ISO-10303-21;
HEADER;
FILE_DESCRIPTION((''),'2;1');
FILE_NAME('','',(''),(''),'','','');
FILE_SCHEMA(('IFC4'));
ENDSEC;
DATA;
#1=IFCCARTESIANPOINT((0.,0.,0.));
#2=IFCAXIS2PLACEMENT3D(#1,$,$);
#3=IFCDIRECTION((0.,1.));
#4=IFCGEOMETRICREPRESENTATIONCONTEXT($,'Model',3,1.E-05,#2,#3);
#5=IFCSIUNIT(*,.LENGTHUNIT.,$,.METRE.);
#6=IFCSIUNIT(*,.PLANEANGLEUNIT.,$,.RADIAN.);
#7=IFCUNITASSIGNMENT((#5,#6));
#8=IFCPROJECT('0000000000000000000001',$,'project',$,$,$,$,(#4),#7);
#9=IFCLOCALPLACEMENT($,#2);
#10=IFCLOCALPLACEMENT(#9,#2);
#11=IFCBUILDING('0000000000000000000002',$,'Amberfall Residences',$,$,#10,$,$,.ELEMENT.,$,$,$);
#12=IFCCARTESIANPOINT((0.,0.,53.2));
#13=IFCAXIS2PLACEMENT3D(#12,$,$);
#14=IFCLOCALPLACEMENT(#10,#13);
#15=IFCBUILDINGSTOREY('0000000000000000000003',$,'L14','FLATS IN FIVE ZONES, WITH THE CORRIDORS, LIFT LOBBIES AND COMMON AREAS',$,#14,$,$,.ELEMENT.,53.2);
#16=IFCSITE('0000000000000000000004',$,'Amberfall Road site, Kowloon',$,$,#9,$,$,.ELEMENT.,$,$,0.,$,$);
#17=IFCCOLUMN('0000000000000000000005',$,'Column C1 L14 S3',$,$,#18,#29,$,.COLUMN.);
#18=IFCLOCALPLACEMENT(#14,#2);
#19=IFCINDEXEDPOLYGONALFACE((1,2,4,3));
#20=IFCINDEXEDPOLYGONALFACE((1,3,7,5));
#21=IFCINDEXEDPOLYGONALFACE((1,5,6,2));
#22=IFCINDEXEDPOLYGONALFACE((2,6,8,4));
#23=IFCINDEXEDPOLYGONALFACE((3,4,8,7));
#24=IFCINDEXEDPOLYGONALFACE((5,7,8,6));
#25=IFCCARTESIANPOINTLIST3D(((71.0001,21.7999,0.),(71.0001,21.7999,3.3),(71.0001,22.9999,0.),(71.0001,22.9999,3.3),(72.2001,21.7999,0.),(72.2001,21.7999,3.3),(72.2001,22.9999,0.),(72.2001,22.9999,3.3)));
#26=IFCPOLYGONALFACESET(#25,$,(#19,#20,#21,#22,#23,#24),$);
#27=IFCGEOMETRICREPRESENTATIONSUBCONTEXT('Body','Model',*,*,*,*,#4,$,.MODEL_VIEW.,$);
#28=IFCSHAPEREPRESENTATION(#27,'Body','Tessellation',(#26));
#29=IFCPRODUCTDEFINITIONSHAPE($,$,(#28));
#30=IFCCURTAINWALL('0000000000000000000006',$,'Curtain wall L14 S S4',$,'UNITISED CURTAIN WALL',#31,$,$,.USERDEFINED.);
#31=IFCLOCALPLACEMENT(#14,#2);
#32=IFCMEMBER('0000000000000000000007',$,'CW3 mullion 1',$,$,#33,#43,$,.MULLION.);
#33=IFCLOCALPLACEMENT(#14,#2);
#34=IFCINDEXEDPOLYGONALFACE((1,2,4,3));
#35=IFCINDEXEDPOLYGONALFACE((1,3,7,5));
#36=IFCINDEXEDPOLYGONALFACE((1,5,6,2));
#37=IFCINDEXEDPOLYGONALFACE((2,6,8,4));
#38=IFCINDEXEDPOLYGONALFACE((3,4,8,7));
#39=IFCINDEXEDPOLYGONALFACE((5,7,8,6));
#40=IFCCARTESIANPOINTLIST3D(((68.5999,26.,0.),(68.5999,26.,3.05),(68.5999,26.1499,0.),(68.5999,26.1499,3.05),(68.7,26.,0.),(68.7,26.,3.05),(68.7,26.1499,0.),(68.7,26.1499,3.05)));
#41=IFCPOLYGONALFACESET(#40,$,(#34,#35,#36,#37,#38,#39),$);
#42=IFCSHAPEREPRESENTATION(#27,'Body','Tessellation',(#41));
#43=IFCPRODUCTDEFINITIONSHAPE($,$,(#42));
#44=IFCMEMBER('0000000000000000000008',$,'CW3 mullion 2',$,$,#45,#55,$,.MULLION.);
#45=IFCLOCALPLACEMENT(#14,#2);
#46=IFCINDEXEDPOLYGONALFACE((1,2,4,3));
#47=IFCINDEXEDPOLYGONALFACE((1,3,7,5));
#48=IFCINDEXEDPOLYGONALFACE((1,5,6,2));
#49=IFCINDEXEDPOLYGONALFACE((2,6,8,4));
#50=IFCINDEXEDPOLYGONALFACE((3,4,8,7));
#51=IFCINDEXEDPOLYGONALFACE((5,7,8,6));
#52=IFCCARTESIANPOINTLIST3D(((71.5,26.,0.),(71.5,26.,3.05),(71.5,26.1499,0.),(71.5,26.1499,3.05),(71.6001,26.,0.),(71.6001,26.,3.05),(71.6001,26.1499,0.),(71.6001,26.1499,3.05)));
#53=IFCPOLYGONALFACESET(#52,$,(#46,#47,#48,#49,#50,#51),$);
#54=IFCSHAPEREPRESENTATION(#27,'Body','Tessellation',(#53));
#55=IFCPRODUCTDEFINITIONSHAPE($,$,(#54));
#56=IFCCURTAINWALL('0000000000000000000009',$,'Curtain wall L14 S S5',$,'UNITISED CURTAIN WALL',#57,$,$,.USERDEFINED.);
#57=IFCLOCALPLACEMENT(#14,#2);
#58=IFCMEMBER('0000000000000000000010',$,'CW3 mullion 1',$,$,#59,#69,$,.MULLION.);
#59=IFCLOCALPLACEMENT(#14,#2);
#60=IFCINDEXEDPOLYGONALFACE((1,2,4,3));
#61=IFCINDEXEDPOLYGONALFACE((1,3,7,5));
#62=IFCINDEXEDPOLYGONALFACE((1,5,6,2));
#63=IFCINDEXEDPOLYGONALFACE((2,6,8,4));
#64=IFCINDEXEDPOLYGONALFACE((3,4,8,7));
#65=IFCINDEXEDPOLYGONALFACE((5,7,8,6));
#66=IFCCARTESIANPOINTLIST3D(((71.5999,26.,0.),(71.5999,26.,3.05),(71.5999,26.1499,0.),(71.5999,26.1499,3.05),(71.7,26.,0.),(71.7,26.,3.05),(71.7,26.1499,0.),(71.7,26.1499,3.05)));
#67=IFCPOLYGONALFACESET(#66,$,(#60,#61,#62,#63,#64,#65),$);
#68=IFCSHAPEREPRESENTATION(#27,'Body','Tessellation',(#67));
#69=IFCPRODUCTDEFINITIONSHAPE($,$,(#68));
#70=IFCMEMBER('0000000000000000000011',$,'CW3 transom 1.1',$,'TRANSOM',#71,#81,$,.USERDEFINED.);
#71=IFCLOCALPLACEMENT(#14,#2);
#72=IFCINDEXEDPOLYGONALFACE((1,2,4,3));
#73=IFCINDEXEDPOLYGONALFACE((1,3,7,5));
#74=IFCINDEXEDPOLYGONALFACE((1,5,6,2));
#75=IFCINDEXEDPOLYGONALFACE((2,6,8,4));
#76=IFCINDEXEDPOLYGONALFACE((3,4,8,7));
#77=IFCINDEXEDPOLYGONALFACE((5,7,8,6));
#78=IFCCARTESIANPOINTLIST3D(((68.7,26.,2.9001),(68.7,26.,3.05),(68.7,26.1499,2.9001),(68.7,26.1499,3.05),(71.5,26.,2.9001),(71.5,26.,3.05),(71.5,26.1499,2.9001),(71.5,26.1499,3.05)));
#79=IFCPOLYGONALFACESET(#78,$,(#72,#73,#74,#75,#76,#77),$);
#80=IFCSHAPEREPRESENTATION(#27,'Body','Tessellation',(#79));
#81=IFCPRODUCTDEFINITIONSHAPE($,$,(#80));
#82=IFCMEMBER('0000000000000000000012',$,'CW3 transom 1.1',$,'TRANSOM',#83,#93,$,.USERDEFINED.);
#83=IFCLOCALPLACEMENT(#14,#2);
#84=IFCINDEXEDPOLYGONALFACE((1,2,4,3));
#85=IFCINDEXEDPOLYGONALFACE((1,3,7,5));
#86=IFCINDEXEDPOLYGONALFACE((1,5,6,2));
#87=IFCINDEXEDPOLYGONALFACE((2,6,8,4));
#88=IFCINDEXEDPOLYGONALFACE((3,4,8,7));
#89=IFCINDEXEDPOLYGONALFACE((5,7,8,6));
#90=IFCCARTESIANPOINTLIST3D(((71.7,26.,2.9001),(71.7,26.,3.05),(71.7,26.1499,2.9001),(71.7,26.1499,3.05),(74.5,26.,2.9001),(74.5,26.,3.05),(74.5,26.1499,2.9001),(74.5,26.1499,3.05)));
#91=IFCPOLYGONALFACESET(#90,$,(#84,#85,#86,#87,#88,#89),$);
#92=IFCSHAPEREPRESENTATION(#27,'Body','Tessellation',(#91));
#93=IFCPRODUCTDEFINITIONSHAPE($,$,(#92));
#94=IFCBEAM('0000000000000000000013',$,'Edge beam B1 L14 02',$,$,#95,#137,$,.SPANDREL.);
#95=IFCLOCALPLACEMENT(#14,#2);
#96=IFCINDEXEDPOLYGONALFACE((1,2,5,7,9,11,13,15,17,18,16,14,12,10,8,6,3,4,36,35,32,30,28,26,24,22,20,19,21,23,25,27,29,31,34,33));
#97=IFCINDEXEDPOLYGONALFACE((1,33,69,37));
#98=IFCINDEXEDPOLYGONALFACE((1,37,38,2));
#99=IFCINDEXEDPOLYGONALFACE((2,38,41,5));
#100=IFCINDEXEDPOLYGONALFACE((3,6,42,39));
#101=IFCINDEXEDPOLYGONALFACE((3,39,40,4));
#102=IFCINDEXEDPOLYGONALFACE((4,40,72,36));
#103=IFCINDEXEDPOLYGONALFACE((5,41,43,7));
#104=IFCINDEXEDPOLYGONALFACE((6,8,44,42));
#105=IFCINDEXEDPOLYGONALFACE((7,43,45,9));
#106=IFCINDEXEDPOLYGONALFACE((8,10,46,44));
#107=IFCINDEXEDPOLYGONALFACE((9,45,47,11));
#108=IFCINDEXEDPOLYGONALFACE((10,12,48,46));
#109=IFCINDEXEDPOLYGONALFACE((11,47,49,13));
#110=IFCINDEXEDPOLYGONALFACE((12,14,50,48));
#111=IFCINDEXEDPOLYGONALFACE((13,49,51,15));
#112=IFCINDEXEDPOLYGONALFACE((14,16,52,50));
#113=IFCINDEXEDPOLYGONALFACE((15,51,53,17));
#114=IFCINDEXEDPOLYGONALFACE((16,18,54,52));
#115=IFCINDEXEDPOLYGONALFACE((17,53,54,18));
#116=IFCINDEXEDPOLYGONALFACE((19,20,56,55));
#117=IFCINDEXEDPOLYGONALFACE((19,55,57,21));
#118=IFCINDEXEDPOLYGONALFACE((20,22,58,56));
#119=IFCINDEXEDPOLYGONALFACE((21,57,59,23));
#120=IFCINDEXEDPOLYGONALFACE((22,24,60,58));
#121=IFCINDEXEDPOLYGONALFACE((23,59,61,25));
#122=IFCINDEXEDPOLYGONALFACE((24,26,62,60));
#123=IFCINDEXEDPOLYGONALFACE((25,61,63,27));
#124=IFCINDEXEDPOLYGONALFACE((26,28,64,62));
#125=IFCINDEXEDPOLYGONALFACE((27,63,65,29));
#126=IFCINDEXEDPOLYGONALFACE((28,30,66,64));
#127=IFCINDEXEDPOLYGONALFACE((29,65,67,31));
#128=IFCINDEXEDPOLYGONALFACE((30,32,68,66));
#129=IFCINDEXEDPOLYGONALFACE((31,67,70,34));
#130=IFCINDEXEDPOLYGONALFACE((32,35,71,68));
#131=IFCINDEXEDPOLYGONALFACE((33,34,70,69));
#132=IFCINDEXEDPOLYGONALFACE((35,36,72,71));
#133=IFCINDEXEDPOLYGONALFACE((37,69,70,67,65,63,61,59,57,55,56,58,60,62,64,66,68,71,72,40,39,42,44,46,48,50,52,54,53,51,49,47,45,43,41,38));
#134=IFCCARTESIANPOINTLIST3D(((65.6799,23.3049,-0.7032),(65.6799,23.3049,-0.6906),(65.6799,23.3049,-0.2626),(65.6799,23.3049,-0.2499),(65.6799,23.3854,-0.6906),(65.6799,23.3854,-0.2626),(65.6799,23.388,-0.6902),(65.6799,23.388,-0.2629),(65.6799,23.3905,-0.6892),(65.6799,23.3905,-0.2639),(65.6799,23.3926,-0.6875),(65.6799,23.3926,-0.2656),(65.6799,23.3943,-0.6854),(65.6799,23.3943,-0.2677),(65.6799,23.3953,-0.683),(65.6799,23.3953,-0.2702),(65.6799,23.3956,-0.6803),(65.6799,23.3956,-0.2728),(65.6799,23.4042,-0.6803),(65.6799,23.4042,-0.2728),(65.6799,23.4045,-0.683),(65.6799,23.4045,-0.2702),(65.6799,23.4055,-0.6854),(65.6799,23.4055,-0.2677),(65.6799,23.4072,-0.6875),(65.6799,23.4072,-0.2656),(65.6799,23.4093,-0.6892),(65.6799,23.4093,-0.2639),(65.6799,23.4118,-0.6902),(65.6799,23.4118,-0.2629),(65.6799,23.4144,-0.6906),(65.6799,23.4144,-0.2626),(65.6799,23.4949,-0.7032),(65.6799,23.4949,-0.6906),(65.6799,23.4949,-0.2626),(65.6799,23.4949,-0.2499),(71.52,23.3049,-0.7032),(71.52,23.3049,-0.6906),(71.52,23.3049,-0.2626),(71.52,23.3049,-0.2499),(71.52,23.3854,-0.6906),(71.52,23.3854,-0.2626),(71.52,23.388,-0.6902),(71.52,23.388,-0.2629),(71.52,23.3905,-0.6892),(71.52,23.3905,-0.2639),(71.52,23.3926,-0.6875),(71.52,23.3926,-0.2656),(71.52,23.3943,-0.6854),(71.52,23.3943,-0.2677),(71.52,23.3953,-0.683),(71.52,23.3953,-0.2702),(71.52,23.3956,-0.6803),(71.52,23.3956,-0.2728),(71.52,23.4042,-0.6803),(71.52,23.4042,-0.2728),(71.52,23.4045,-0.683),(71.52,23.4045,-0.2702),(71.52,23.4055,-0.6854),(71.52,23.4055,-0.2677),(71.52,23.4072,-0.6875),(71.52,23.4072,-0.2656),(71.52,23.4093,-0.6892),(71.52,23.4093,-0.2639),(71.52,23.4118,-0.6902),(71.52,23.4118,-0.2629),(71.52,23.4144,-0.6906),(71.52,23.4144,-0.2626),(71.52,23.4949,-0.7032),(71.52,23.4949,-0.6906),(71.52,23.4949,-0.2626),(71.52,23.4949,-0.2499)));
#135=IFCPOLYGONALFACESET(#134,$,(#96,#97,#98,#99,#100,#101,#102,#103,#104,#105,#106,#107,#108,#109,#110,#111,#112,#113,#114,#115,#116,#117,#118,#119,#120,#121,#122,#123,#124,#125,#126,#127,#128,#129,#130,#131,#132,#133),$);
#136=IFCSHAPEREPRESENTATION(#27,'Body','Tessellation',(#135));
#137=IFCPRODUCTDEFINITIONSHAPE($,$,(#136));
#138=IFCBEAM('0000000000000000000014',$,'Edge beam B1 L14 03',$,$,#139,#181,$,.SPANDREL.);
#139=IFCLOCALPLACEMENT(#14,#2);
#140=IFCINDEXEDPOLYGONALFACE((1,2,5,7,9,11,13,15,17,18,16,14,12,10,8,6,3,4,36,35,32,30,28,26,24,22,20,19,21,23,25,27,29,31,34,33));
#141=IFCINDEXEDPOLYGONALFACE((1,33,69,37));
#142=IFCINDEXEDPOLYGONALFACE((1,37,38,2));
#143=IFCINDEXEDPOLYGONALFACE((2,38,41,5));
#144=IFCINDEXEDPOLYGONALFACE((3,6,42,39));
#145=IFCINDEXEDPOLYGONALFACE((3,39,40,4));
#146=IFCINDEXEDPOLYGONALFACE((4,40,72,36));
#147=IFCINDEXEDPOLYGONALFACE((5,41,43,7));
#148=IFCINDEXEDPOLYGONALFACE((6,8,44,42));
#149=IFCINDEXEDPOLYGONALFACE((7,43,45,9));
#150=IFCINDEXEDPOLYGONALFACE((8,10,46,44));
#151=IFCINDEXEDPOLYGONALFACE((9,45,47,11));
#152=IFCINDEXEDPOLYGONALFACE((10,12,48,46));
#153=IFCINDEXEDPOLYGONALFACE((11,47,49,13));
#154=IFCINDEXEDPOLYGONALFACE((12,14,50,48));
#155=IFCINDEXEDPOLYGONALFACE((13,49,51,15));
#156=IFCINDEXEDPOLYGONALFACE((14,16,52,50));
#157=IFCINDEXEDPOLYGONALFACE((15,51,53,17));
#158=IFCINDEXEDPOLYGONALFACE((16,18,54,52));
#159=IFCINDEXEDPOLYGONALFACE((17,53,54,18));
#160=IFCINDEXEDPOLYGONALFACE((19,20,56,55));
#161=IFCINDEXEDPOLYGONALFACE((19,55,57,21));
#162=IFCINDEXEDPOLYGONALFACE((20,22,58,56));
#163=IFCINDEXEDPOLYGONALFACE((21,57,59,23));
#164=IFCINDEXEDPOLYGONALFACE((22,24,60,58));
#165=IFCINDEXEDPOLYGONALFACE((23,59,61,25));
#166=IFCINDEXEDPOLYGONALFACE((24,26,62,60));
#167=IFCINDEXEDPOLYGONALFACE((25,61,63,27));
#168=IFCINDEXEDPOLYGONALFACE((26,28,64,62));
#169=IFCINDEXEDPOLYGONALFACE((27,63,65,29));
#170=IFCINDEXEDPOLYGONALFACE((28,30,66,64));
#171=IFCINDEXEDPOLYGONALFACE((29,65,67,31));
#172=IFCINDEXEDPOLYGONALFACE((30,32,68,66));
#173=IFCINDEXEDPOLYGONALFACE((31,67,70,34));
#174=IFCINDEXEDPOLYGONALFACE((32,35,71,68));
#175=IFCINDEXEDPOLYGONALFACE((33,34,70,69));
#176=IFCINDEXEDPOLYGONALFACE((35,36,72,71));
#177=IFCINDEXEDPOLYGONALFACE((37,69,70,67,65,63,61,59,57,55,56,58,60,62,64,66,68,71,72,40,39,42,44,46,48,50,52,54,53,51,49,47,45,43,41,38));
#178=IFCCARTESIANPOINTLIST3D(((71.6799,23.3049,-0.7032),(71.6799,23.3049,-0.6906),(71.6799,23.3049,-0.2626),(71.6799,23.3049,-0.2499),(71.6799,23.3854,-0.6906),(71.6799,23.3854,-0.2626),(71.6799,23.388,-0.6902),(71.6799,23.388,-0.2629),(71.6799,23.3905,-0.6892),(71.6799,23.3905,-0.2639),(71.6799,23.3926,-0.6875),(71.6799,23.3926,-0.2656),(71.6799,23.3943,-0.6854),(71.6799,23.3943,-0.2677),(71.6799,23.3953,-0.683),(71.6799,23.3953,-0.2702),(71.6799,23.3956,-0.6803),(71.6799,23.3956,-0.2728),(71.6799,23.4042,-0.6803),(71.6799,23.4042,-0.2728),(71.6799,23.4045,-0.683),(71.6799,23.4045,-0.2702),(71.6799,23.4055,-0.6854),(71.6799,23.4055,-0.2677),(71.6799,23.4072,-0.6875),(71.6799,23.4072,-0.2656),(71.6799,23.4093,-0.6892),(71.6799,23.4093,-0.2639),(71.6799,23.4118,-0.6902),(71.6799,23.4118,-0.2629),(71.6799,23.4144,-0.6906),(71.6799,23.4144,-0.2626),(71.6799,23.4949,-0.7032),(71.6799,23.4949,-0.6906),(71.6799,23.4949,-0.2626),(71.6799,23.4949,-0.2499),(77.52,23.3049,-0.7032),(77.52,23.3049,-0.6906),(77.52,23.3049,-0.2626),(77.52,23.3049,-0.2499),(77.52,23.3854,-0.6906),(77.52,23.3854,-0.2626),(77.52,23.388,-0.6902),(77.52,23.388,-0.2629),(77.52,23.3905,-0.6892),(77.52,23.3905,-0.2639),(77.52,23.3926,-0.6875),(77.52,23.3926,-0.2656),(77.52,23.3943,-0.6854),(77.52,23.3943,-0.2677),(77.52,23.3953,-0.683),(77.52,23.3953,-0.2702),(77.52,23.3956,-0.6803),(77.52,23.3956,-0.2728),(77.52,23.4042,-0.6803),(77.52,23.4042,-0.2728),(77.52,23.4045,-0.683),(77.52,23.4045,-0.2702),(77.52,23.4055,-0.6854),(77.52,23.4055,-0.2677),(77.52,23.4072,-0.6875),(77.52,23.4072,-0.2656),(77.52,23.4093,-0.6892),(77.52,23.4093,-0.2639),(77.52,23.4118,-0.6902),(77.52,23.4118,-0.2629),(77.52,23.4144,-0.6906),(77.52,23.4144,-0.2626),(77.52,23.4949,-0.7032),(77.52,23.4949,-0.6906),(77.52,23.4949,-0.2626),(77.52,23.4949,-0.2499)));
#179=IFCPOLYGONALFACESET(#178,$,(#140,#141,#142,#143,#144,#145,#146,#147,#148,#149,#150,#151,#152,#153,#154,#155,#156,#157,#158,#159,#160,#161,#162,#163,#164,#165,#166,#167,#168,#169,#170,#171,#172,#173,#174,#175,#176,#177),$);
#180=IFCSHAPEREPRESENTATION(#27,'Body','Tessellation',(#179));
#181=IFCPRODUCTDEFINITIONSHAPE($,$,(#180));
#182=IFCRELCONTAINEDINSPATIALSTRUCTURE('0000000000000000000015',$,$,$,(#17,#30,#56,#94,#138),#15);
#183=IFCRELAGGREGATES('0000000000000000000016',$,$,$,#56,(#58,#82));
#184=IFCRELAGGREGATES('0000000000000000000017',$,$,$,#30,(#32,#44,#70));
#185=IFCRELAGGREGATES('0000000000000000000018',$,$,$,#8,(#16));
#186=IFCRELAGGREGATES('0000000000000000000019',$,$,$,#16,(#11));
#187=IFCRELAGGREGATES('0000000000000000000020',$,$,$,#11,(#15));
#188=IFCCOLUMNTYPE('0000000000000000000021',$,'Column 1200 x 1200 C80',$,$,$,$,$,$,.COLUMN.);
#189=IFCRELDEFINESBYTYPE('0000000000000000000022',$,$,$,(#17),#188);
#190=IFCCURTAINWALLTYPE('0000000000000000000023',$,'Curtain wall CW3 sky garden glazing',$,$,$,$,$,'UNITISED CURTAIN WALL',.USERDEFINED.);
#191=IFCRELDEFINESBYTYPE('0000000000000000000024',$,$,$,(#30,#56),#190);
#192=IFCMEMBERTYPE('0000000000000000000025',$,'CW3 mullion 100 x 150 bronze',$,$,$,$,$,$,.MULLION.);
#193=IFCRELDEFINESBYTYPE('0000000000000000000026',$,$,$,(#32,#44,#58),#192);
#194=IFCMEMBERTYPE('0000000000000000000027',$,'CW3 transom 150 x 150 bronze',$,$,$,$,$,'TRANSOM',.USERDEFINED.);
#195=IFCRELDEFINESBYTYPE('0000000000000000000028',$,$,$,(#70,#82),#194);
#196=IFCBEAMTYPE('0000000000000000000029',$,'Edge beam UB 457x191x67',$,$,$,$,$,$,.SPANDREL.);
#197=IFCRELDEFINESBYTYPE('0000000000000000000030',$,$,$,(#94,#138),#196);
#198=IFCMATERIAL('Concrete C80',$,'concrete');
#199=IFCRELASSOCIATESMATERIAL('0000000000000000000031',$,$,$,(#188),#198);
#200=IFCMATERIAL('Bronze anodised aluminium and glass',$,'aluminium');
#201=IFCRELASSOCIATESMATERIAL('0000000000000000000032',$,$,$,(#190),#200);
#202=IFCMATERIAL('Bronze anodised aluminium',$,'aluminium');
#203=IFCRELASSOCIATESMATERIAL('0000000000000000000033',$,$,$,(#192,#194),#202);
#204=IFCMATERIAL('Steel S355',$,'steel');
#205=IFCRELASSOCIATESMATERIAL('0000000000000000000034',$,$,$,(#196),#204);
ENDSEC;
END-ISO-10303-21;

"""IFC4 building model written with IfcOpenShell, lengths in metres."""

from ifc_helpers import new_model, si_unit, direction, frame, origin, origin_2d, place, context, subcontext, project, spatial, rectangle, i_section, extrude, material, material_profile, profile_set, type_object, element, aggregate, save


model = new_model("IFC4")

# Units and contexts
model_context = context("Model", 3, precision=1e-05, world=origin(), true_north=direction((0.0, 1.0)))
body_context = subcontext(model_context, "Body", "Model", "MODEL_VIEW")
ifc_project = project(units=[si_unit("LENGTHUNIT", "METRE"), si_unit("PLANEANGLEUNIT", "RADIAN")], contexts=[model_context])

# Site, building, storey
site_placement = place(None, origin())
site = spatial("IfcSite", under=ifc_project, at=site_placement, Name="Amberfall Road site, Kowloon", CompositionType="ELEMENT", RefElevation=0.0)
building_placement = place(site_placement, origin())
building = spatial("IfcBuilding", under=site, at=building_placement, Name="Amberfall Residences", CompositionType="ELEMENT")
storey_placement = place(building_placement, frame((0.0, 0.0, 53.2)))
storey = spatial("IfcBuildingStorey", under=building, at=storey_placement, Name="L14", Description="FLATS IN FIVE ZONES, WITH THE CORRIDORS, LIFT LOBBIES AND COMMON AREAS", CompositionType="ELEMENT", Elevation=53.2)

# Column
ifc_material_1 = material(Name="Concrete C80", Category="concrete")
ifc_material_profile_1 = material_profile(ifc_material_1, rectangle(XDim=1.2, YDim=1.2, at=origin_2d()), Name="Column 1200 x 1200 C80")
ifc_profile_set_1 = profile_set([ifc_material_profile_1], Name="Concrete C80")
column_type = type_object("IfcColumnType", Name="Column 1200 x 1200 C80", PredefinedType="COLUMN", material=ifc_profile_set_1)
column_placement = place(storey_placement, frame((71.6001, 22.3999, 0.0), z_axis=(0.0, 0.0, 1.0), x_axis=(1.0, 0.0, 0.0)))
element("IfcColumn", 1, at=column_placement, inside=storey, type_object=column_type, Name="Column C1 L14 S3", PredefinedType="COLUMN", context=body_context, shape_type="SweptSolid", body=[
    extrude(rectangle(XDim=1.2, YDim=1.2, at=origin_2d()), origin(), (0.0, 0.0, 1.0), 3.3),
])

# Curtain wall, members
ifc_material_2 = material(Name="Bronze anodised aluminium and glass", Category="aluminium")
curtain_wall_type = type_object("IfcCurtainWallType", Name="Curtain wall CW3 sky garden glazing", ElementType="UNITISED CURTAIN WALL", PredefinedType="USERDEFINED", material=ifc_material_2)
curtain_wall_1_placement = place(storey_placement, origin())
curtain_wall_1 = element("IfcCurtainWall", 2, at=curtain_wall_1_placement, inside=storey, type_object=curtain_wall_type, Name="Curtain wall L14 S S4", ObjectType="UNITISED CURTAIN WALL", PredefinedType="USERDEFINED")
ifc_material_3 = material(Name="Bronze anodised aluminium", Category="aluminium")
ifc_material_profile_2 = material_profile(ifc_material_3, rectangle(XDim=0.1499, YDim=0.1001, at=origin_2d()), Name="CW3 mullion 100 x 150 bronze")
ifc_profile_set_2 = profile_set([ifc_material_profile_2], Name="Bronze anodised aluminium")
member_type_1 = type_object("IfcMemberType", Name="CW3 mullion 100 x 150 bronze", PredefinedType="MULLION", material=ifc_profile_set_2)
member_1_placement = place(storey_placement, frame((68.6499, 26.075, 0.0), z_axis=(0.0, 0.0, 1.0), x_axis=(0.0, 1.0, 0.0)))
member_1 = element("IfcMember", 3, at=member_1_placement, type_object=member_type_1, Name="CW3 mullion 1", PredefinedType="MULLION", context=body_context, shape_type="SweptSolid", body=[
    extrude(rectangle(XDim=0.1499, YDim=0.1001, at=origin_2d()), origin(), (0.0, 0.0, 1.0), 3.05),
])
member_2_placement = place(storey_placement, frame((71.55, 26.075, 0.0), z_axis=(0.0, 0.0, 1.0), x_axis=(0.0, 1.0, 0.0)))
member_2 = element("IfcMember", 4, at=member_2_placement, type_object=member_type_1, Name="CW3 mullion 2", PredefinedType="MULLION", context=body_context, shape_type="SweptSolid", body=[
    extrude(rectangle(XDim=0.1499, YDim=0.1001, at=origin_2d()), origin(), (0.0, 0.0, 1.0), 3.05),
])

# Curtain wall, member
curtain_wall_2_placement = place(storey_placement, origin())
curtain_wall_2 = element("IfcCurtainWall", 5, at=curtain_wall_2_placement, inside=storey, type_object=curtain_wall_type, Name="Curtain wall L14 S S5", ObjectType="UNITISED CURTAIN WALL", PredefinedType="USERDEFINED")
member_3_placement = place(storey_placement, frame((71.6499, 26.075, 0.0), z_axis=(0.0, 0.0, 1.0), x_axis=(0.0, 1.0, 0.0)))
member_3 = element("IfcMember", 6, at=member_3_placement, type_object=member_type_1, Name="CW3 mullion 1", PredefinedType="MULLION", context=body_context, shape_type="SweptSolid", body=[
    extrude(rectangle(XDim=0.1499, YDim=0.1001, at=origin_2d()), origin(), (0.0, 0.0, 1.0), 3.05),
])

# Members
ifc_material_profile_3 = material_profile(ifc_material_3, rectangle(XDim=0.1499, YDim=0.1499, at=origin_2d()), Name="CW3 transom 150 x 150 bronze")
ifc_profile_set_3 = profile_set([ifc_material_profile_3], Name="Bronze anodised aluminium")
member_type_2 = type_object("IfcMemberType", Name="CW3 transom 150 x 150 bronze", ElementType="TRANSOM", PredefinedType="USERDEFINED", material=ifc_profile_set_3)
member_4_placement = place(storey_placement, frame((68.7, 26.075, 2.9751), z_axis=(1.0, 0.0, 0.0), x_axis=(0.0, 1.0, 0.0)))
member_4 = element("IfcMember", 7, at=member_4_placement, type_object=member_type_2, Name="CW3 transom 1.1", ObjectType="TRANSOM", PredefinedType="USERDEFINED", context=body_context, shape_type="SweptSolid", body=[
    extrude(rectangle(XDim=0.1499, YDim=0.1499, at=origin_2d()), origin(), (0.0, 0.0, 1.0), 2.8),
])
member_5_placement = place(storey_placement, frame((71.7, 26.075, 2.9751), z_axis=(1.0, 0.0, 0.0), x_axis=(0.0, 1.0, 0.0)))
member_5 = element("IfcMember", 8, at=member_5_placement, type_object=member_type_2, Name="CW3 transom 1.1", ObjectType="TRANSOM", PredefinedType="USERDEFINED", context=body_context, shape_type="SweptSolid", body=[
    extrude(rectangle(XDim=0.1499, YDim=0.1499, at=origin_2d()), origin(), (0.0, 0.0, 1.0), 2.8),
])
aggregate(curtain_wall_2, [member_3, member_5])

# Beams
ifc_material_4 = material(Name="Steel S355", Category="steel")
ifc_material_profile_4 = material_profile(ifc_material_4, i_section(OverallWidth=0.1899, OverallDepth=0.4534, WebThickness=0.0085, FlangeThickness=0.0127, FilletRadius=0.0103, at=origin_2d()), Name="UB 457x191x67")
ifc_profile_set_4 = profile_set([ifc_material_profile_4], Name="Steel S355")
beam_type_1 = type_object("IfcBeamType", Name="Edge beam UB 457x191x67", PredefinedType="SPANDREL", material=ifc_profile_set_4)
for number, where, z_axis, x_axis, name in (
    (9, (65.6799, 23.3999, -0.4766), (1.0, 0.0, 0.0), (0.0, 1.0, 0.0), "Edge beam B1 L14 02"),
    (10, (71.6799, 23.3999, -0.4766), (1.0, 0.0, 0.0), (0.0, 1.0, 0.0), "Edge beam B1 L14 03"),
):
    element("IfcBeam", number, at=place(storey_placement, frame(where, z_axis=z_axis, x_axis=x_axis)), inside=storey, type_object=beam_type_1, Name=name, PredefinedType="SPANDREL", context=body_context, shape_type="SweptSolid", body=[
        extrude(i_section(OverallWidth=0.1899, OverallDepth=0.4534, WebThickness=0.0085, FlangeThickness=0.0127, FilletRadius=0.0103, at=origin_2d()), origin(), (0.0, 0.0, 1.0), 5.8401),
    ])

aggregate(curtain_wall_1, [member_1, member_2, member_4])

save(model, "model.ifc")
